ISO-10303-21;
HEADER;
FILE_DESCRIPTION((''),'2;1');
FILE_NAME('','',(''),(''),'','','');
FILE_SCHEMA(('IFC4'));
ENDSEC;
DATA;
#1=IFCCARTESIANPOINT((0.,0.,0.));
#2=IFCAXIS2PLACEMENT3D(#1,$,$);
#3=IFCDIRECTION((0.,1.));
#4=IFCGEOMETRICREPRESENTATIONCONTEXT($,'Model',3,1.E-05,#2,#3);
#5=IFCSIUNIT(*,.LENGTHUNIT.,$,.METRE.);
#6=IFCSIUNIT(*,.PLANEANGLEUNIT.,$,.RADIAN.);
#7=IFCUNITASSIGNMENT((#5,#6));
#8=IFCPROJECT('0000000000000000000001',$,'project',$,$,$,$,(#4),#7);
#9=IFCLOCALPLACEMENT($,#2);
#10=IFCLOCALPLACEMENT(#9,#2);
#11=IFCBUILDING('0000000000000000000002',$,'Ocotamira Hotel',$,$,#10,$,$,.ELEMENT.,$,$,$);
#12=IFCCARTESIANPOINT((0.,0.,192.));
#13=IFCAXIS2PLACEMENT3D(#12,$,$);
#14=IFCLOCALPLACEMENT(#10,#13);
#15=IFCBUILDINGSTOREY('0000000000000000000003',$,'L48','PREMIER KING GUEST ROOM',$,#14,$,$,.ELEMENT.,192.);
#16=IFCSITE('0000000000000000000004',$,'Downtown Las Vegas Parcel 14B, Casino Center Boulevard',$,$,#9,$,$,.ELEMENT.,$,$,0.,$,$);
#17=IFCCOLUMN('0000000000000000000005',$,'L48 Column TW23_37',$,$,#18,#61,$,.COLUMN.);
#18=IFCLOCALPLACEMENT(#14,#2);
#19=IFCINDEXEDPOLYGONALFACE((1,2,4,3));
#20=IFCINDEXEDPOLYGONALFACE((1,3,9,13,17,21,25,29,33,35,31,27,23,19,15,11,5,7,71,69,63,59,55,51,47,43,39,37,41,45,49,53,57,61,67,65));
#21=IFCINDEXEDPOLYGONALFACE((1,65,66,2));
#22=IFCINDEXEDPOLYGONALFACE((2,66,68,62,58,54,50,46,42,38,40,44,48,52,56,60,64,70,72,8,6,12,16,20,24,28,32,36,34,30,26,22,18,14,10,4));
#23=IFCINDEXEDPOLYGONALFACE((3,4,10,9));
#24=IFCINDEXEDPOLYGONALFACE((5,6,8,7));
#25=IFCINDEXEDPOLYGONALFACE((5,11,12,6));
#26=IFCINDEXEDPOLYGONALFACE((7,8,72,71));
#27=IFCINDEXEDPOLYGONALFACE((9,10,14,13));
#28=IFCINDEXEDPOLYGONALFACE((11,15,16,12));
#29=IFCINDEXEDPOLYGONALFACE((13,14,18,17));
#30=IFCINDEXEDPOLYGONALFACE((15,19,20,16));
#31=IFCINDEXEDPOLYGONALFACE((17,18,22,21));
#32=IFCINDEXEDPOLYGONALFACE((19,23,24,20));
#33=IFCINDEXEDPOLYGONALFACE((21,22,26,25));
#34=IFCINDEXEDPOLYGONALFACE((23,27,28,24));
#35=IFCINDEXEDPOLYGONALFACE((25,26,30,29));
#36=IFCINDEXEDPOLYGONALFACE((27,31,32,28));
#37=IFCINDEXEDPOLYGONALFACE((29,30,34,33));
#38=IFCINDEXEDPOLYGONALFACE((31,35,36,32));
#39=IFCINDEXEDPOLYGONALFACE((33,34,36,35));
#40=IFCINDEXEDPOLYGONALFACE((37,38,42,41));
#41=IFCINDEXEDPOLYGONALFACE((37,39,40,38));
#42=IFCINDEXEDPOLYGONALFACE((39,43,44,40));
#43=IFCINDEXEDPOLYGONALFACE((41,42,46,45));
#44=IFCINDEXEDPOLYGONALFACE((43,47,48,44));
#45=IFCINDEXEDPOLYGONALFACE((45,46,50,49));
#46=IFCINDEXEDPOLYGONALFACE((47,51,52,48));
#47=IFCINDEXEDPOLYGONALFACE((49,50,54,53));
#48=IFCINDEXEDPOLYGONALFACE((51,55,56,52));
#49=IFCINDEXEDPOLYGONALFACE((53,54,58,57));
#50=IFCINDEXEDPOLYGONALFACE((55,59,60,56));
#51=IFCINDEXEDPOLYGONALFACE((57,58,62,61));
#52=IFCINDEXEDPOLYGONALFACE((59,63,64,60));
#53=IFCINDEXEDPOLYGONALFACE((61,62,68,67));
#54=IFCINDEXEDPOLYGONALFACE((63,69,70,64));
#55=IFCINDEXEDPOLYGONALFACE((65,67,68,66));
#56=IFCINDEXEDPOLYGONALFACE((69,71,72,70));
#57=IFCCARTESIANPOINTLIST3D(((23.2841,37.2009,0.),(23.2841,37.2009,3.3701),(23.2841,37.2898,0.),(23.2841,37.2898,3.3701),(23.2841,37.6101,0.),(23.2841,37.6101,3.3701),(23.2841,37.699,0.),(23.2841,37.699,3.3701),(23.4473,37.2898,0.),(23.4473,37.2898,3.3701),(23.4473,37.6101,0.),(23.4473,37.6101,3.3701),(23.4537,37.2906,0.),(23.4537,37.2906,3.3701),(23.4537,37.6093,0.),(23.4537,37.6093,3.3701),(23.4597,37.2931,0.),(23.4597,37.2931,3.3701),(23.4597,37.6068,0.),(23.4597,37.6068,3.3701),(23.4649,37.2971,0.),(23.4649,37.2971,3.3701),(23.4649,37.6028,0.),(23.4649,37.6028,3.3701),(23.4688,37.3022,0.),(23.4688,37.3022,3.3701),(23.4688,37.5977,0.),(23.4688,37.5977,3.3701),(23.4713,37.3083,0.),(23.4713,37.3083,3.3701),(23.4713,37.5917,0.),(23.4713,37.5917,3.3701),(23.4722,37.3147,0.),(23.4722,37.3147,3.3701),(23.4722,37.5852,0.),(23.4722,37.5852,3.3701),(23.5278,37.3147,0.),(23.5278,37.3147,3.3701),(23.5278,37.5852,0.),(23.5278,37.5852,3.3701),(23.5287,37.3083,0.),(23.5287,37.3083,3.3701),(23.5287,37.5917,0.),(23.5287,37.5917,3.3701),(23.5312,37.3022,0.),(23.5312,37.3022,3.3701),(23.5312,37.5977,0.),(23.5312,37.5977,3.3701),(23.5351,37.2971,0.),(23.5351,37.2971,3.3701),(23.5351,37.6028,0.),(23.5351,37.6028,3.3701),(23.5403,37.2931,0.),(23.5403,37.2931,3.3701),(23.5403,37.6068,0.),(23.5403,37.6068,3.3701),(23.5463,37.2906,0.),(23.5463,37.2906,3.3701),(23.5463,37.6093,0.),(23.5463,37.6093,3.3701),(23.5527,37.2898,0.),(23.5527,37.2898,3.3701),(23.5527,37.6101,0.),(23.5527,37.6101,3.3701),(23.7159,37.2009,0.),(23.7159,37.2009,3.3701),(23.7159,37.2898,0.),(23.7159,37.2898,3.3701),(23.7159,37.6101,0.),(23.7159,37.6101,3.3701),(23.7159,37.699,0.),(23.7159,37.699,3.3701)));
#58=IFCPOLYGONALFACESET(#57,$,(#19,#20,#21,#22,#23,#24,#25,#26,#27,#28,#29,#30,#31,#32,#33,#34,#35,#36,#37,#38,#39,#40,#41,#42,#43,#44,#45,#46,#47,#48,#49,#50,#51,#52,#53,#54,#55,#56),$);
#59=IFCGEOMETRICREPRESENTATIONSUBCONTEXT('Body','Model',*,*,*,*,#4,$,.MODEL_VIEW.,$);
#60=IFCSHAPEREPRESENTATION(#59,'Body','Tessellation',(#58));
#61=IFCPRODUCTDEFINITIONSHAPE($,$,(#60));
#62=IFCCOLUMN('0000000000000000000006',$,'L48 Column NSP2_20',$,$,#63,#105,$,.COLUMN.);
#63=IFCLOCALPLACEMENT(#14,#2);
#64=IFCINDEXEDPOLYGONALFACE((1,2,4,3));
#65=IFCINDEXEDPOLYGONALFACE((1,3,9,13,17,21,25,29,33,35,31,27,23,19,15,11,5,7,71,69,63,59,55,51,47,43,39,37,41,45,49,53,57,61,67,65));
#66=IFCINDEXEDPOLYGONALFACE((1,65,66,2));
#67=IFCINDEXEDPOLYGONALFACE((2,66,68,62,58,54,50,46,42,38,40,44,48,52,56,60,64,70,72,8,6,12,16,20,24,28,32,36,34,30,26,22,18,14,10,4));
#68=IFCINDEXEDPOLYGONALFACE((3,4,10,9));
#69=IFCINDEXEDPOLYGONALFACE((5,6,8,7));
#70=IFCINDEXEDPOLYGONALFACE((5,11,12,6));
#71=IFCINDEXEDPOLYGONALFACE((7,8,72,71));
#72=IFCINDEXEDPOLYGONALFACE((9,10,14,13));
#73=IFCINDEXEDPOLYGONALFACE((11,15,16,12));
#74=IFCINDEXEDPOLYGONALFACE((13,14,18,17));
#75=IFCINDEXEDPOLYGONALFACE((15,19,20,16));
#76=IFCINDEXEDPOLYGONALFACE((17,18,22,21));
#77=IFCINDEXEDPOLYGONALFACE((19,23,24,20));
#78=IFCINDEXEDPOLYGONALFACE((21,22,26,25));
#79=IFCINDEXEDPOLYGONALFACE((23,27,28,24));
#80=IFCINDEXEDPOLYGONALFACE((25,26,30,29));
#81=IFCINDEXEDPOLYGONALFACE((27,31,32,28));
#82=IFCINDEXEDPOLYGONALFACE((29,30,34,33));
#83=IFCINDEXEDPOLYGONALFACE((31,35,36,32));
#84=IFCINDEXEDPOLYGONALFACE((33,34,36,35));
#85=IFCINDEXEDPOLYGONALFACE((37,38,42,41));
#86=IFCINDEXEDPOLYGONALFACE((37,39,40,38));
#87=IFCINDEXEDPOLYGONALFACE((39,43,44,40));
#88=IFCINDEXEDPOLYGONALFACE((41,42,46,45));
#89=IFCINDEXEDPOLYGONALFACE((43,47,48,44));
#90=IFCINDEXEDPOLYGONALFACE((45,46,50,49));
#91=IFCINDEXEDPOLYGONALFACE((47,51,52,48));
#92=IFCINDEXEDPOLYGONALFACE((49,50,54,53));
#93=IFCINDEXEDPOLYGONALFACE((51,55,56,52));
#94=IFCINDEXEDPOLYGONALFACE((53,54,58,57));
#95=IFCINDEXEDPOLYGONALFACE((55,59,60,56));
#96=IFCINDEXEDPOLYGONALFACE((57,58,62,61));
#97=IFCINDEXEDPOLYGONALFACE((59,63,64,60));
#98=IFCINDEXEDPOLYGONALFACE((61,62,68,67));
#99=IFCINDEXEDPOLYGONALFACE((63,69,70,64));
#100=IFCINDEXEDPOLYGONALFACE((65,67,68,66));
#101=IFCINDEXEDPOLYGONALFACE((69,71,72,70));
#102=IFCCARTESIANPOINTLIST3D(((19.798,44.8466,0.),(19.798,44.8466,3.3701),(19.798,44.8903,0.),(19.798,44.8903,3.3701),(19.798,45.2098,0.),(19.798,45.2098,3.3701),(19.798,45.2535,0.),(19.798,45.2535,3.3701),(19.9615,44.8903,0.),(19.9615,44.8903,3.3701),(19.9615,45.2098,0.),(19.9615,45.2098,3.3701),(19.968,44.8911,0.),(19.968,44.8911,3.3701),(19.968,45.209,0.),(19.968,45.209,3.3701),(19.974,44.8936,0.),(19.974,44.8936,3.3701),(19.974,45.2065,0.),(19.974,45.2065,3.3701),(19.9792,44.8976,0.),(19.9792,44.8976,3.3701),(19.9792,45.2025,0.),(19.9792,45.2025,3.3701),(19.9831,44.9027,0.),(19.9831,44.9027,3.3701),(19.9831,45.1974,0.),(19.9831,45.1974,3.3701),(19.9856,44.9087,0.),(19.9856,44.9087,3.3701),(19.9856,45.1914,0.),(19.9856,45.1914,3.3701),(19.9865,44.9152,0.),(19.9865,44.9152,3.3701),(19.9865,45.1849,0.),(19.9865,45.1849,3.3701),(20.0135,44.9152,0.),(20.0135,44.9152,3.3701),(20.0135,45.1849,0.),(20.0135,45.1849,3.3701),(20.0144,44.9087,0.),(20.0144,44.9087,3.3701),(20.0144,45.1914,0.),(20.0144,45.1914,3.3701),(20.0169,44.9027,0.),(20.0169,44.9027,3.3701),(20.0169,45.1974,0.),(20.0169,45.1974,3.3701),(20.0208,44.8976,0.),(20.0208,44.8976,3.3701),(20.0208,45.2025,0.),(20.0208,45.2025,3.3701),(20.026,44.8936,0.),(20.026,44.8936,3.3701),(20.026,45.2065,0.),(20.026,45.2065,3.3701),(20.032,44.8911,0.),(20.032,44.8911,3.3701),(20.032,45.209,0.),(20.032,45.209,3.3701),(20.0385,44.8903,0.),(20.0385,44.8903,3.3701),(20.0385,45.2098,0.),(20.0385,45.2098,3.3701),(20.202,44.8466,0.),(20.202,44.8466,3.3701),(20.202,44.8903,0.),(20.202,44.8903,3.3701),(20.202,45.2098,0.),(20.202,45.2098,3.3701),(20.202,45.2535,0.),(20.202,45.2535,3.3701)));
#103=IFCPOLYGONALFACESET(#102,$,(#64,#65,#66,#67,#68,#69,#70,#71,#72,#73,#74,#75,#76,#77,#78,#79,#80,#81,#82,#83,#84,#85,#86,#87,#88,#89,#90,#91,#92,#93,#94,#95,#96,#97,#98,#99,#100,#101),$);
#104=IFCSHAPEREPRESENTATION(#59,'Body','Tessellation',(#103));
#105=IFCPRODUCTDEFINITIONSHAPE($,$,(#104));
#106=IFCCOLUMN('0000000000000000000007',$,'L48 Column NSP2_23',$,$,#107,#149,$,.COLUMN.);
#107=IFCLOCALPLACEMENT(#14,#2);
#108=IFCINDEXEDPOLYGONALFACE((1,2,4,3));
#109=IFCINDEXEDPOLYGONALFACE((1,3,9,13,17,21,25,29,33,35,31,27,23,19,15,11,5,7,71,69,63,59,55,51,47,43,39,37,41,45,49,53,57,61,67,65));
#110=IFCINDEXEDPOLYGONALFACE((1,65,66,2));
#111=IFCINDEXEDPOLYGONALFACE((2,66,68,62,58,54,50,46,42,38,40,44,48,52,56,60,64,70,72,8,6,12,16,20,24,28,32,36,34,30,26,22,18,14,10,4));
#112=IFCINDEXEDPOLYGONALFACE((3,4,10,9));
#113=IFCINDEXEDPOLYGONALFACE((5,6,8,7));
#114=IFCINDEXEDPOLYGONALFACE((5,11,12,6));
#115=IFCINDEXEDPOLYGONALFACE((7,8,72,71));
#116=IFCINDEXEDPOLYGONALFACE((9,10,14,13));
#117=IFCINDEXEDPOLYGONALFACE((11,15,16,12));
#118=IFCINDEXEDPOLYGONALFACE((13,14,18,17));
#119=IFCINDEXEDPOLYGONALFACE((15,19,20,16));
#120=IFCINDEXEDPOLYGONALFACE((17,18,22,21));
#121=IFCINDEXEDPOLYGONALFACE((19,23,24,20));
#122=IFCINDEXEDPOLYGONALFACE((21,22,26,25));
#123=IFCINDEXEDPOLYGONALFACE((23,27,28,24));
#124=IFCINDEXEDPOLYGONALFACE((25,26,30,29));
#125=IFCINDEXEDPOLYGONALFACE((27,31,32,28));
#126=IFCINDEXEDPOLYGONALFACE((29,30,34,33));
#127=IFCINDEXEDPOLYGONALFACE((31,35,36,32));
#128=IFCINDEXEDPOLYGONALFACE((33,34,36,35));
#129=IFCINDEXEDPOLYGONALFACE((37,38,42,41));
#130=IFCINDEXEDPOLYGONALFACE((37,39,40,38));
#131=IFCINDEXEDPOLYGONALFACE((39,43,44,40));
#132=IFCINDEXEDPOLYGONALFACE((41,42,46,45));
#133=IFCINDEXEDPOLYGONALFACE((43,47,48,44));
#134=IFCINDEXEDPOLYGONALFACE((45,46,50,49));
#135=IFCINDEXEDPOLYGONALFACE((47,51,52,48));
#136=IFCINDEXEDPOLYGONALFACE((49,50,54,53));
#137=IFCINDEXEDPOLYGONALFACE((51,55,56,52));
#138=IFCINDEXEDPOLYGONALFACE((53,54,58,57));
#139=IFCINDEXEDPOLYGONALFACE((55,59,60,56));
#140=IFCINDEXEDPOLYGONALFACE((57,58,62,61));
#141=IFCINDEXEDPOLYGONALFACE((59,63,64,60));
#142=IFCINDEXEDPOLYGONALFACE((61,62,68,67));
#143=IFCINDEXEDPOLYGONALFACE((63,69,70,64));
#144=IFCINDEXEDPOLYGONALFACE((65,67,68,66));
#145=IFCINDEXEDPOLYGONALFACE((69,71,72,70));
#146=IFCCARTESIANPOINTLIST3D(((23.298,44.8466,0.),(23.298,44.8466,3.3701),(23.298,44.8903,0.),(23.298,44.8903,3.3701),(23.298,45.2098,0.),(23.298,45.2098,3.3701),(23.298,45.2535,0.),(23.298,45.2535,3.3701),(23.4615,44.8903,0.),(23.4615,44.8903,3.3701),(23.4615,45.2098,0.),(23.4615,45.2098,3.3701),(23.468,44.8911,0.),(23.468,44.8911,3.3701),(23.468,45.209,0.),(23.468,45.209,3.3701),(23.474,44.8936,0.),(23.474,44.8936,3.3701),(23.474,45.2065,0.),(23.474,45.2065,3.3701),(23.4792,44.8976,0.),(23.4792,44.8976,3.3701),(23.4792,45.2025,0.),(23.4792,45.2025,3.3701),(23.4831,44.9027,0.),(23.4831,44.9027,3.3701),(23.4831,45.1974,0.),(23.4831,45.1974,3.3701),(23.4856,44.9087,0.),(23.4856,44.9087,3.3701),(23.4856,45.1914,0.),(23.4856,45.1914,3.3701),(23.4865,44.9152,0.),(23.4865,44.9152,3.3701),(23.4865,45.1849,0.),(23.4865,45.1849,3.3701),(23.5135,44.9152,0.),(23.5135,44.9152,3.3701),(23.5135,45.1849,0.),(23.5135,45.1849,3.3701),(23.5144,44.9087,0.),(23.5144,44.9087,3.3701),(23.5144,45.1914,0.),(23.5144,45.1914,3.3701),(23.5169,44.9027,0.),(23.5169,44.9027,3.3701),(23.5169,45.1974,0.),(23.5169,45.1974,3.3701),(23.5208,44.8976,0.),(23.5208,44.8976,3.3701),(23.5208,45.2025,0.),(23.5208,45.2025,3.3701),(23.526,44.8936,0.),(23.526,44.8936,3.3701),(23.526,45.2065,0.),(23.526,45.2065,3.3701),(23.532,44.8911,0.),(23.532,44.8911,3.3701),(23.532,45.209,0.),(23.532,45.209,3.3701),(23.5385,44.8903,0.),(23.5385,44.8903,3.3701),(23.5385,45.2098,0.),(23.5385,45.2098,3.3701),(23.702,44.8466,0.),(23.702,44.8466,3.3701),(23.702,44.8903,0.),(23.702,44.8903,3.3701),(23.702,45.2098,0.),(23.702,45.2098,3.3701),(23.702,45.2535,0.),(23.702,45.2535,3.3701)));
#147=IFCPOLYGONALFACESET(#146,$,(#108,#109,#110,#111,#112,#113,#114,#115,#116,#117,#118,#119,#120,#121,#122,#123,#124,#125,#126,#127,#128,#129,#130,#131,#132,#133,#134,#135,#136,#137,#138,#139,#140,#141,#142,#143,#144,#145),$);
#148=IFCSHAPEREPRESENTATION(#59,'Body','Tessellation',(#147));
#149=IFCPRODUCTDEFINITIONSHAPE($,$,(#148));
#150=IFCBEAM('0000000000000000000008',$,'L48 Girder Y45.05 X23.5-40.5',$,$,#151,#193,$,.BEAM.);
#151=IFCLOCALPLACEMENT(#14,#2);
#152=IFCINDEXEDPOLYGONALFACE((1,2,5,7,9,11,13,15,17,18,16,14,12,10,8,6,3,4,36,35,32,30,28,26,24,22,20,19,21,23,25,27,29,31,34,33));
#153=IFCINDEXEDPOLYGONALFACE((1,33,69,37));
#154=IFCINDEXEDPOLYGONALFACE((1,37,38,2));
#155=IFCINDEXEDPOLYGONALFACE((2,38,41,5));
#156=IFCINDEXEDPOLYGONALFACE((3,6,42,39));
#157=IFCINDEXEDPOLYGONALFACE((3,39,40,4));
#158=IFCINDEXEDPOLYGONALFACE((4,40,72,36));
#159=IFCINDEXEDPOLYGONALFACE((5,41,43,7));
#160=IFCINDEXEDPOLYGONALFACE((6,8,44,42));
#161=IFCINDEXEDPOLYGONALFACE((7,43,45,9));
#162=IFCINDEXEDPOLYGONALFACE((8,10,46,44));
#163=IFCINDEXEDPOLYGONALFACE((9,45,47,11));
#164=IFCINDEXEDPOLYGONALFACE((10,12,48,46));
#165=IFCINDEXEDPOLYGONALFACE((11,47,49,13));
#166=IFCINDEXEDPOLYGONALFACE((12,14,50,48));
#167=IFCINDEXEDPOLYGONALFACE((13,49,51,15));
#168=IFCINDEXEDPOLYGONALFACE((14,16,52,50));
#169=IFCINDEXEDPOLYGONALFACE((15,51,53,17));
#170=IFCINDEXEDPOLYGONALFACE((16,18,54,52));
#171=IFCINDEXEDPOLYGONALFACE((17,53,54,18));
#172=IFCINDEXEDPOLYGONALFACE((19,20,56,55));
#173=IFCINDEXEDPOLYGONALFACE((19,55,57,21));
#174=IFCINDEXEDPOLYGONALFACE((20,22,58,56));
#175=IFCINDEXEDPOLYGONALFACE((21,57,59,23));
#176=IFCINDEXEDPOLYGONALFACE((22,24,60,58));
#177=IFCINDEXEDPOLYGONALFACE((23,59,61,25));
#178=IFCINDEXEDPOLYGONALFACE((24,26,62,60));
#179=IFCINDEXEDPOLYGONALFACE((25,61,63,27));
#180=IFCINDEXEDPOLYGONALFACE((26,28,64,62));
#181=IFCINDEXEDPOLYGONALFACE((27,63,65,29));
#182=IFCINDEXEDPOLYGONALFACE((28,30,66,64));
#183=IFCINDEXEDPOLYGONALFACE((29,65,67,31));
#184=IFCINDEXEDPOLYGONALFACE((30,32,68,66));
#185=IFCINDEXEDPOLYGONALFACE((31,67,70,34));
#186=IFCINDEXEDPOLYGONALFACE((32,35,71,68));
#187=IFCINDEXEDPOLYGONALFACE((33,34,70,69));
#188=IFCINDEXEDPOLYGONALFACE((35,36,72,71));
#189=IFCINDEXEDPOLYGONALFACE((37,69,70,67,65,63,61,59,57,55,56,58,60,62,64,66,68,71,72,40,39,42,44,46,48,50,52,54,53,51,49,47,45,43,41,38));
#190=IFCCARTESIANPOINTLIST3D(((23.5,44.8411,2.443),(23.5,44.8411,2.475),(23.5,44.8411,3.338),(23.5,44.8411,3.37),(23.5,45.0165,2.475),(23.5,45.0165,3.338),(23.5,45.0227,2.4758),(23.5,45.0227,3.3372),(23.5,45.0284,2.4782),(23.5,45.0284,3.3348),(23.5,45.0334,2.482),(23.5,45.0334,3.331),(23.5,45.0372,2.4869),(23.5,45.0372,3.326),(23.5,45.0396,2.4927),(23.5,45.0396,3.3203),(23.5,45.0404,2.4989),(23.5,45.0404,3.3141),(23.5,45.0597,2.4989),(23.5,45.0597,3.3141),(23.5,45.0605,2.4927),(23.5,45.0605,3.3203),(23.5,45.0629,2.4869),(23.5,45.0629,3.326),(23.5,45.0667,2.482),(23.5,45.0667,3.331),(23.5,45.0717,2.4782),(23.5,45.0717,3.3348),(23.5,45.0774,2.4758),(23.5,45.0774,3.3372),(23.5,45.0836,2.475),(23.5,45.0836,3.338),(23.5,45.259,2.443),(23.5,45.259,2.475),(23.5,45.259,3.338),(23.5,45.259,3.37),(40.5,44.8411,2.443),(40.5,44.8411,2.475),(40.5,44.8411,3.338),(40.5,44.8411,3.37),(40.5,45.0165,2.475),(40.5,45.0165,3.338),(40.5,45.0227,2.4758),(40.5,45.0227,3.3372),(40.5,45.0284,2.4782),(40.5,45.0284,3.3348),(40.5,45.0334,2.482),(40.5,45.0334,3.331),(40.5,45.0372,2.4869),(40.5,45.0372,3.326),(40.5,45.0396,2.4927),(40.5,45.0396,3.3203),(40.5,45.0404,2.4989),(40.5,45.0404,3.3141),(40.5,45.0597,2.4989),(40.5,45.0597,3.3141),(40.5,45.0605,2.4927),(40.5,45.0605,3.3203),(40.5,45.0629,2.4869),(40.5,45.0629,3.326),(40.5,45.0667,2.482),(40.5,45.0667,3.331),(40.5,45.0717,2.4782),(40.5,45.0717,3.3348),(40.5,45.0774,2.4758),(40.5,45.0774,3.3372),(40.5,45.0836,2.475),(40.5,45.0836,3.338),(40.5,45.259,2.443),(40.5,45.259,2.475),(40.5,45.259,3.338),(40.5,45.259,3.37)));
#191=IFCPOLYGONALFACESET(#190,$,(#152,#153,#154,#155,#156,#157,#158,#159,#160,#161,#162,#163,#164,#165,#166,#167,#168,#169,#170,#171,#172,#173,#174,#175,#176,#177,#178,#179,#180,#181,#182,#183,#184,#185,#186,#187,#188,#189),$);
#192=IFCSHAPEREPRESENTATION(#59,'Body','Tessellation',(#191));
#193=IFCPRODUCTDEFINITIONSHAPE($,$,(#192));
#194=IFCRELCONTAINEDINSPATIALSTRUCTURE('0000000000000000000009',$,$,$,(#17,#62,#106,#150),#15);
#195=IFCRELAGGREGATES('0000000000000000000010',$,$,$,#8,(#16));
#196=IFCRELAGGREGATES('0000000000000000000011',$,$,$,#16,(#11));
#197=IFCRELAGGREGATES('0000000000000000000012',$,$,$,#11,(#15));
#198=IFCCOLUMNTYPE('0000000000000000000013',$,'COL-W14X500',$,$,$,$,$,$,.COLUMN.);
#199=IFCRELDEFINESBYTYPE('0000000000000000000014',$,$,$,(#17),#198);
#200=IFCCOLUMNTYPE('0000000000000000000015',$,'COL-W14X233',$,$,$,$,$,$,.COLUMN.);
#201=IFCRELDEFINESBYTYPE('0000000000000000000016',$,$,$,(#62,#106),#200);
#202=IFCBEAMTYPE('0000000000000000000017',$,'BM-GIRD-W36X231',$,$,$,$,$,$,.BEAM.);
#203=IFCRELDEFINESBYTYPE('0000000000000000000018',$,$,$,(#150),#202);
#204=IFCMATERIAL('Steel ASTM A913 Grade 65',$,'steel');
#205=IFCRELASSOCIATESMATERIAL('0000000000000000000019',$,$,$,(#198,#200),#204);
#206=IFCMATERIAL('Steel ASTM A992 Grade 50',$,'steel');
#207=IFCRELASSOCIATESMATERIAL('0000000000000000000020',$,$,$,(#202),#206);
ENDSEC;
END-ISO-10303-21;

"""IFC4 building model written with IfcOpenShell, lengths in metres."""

from ifc_helpers import new_model, si_unit, direction, frame, origin, origin_2d, place, context, subcontext, project, spatial, i_section, extrude, source, transform, mapped, material, material_profile, profile_set, type_object, element, save


model = new_model("IFC4")

# Units and contexts
model_context = context("Model", 3, precision=1e-05, world=origin(), true_north=direction((0.0, 1.0)))
body_context = subcontext(model_context, "Body", "Model", "MODEL_VIEW")
ifc_project = project(units=[si_unit("LENGTHUNIT", "METRE"), si_unit("PLANEANGLEUNIT", "RADIAN")], contexts=[model_context])

# Site, building, storey
site_placement = place(None, origin())
site = spatial("IfcSite", under=ifc_project, at=site_placement, Name="Downtown Las Vegas Parcel 14B, Casino Center Boulevard", CompositionType="ELEMENT", RefElevation=0.0)
building_placement = place(site_placement, origin())
building = spatial("IfcBuilding", under=site, at=building_placement, Name="Ocotamira Hotel", CompositionType="ELEMENT")
storey_placement = place(building_placement, frame((0.0, 0.0, 192.0)))
storey = spatial("IfcBuildingStorey", under=building, at=storey_placement, Name="L48", Description="PREMIER KING GUEST ROOM", CompositionType="ELEMENT", Elevation=192.0)

# Columns
ifc_material_1 = material(Name="Steel ASTM A913 Grade 65", Category="steel")
ifc_material_profile_1 = material_profile(ifc_material_1, i_section(OverallWidth=0.4319, OverallDepth=0.498, WebThickness=0.0557, FlangeThickness=0.0889, FilletRadius=0.0249, at=origin_2d()), Name="W14X500")
ifc_profile_set_1 = profile_set([ifc_material_profile_1], Name="Steel ASTM A913 Grade 65")
column_type_1 = type_object("IfcColumnType", Name="COL-W14X500", PredefinedType="COLUMN", material=ifc_profile_set_1)
shared_shape_1 = source(origin(), body_context, "Body", "SweptSolid", [
    extrude(i_section(OverallWidth=0.4319, OverallDepth=0.498, WebThickness=0.0557, FlangeThickness=0.0889, FilletRadius=0.0249, at=origin_2d()), origin(), (0.0, 0.0, 1.0), 3.3701),
])
column_placement = place(storey_placement, frame((23.5, 37.45, 0.0), z_axis=(0.0, 0.0, 1.0), x_axis=(1.0, 0.0, 0.0)))
element("IfcColumn", 1, at=column_placement, inside=storey, type_object=column_type_1, Name="L48 Column TW23_37", PredefinedType="COLUMN", context=body_context, shape_type="MappedRepresentation", body=[
    mapped(shared_shape_1, transform((0.0, 0.0, 0.0), scale=1.0)),
])
ifc_material_profile_2 = material_profile(ifc_material_1, i_section(OverallWidth=0.4041, OverallDepth=0.407, WebThickness=0.0271, FlangeThickness=0.0437, FilletRadius=0.0249, at=origin_2d()), Name="W14X233")
ifc_profile_set_2 = profile_set([ifc_material_profile_2], Name="Steel ASTM A913 Grade 65")
column_type_2 = type_object("IfcColumnType", Name="COL-W14X233", PredefinedType="COLUMN", material=ifc_profile_set_2)
shared_shape_2 = source(origin(), body_context, "Body", "SweptSolid", [
    extrude(i_section(OverallWidth=0.4041, OverallDepth=0.407, WebThickness=0.0271, FlangeThickness=0.0437, FilletRadius=0.0249, at=origin_2d()), origin(), (0.0, 0.0, 1.0), 3.3701),
])
for number, where, z_axis, x_axis, name in (
    (2, (20.0, 45.05, 0.0), (0.0, 0.0, 1.0), (1.0, 0.0, 0.0), "L48 Column NSP2_20"),
    (3, (23.5, 45.05, 0.0), (0.0, 0.0, 1.0), (1.0, 0.0, 0.0), "L48 Column NSP2_23"),
):
    element("IfcColumn", number, at=place(storey_placement, frame(where, z_axis=z_axis, x_axis=x_axis)), inside=storey, type_object=column_type_2, Name=name, PredefinedType="COLUMN", context=body_context, shape_type="MappedRepresentation", body=[
        mapped(shared_shape_2, transform((0.0, 0.0, 0.0), scale=1.0)),
    ])

# Beam
ifc_material_2 = material(Name="Steel ASTM A992 Grade 50", Category="steel")
ifc_material_profile_3 = material_profile(ifc_material_2, i_section(OverallWidth=0.418, OverallDepth=0.927, WebThickness=0.0193, FlangeThickness=0.032, FilletRadius=0.0239, at=origin_2d()), Name="W36X231")
ifc_profile_set_3 = profile_set([ifc_material_profile_3], Name="Steel ASTM A992 Grade 50")
beam_type_1 = type_object("IfcBeamType", Name="BM-GIRD-W36X231", PredefinedType="BEAM", material=ifc_profile_set_3)
shared_shape_3 = source(origin(), body_context, "Body", "SweptSolid", [
    extrude(i_section(OverallWidth=0.418, OverallDepth=0.927, WebThickness=0.0193, FlangeThickness=0.032, FilletRadius=0.0239, at=origin_2d()), origin(), (0.0, 0.0, 1.0), 17.0),
])
beam_1_placement = place(storey_placement, frame((23.5, 45.05, 2.9065), z_axis=(1.0, 0.0, 0.0), x_axis=(0.0, 1.0, 0.0)))
element("IfcBeam", 4, at=beam_1_placement, inside=storey, type_object=beam_type_1, Name="L48 Girder Y45.05 X23.5-40.5", PredefinedType="BEAM", context=body_context, shape_type="MappedRepresentation", body=[
    mapped(shared_shape_3, transform((0.0, 0.0, 0.0), scale=1.0)),
])

save(model, "model.ifc")
